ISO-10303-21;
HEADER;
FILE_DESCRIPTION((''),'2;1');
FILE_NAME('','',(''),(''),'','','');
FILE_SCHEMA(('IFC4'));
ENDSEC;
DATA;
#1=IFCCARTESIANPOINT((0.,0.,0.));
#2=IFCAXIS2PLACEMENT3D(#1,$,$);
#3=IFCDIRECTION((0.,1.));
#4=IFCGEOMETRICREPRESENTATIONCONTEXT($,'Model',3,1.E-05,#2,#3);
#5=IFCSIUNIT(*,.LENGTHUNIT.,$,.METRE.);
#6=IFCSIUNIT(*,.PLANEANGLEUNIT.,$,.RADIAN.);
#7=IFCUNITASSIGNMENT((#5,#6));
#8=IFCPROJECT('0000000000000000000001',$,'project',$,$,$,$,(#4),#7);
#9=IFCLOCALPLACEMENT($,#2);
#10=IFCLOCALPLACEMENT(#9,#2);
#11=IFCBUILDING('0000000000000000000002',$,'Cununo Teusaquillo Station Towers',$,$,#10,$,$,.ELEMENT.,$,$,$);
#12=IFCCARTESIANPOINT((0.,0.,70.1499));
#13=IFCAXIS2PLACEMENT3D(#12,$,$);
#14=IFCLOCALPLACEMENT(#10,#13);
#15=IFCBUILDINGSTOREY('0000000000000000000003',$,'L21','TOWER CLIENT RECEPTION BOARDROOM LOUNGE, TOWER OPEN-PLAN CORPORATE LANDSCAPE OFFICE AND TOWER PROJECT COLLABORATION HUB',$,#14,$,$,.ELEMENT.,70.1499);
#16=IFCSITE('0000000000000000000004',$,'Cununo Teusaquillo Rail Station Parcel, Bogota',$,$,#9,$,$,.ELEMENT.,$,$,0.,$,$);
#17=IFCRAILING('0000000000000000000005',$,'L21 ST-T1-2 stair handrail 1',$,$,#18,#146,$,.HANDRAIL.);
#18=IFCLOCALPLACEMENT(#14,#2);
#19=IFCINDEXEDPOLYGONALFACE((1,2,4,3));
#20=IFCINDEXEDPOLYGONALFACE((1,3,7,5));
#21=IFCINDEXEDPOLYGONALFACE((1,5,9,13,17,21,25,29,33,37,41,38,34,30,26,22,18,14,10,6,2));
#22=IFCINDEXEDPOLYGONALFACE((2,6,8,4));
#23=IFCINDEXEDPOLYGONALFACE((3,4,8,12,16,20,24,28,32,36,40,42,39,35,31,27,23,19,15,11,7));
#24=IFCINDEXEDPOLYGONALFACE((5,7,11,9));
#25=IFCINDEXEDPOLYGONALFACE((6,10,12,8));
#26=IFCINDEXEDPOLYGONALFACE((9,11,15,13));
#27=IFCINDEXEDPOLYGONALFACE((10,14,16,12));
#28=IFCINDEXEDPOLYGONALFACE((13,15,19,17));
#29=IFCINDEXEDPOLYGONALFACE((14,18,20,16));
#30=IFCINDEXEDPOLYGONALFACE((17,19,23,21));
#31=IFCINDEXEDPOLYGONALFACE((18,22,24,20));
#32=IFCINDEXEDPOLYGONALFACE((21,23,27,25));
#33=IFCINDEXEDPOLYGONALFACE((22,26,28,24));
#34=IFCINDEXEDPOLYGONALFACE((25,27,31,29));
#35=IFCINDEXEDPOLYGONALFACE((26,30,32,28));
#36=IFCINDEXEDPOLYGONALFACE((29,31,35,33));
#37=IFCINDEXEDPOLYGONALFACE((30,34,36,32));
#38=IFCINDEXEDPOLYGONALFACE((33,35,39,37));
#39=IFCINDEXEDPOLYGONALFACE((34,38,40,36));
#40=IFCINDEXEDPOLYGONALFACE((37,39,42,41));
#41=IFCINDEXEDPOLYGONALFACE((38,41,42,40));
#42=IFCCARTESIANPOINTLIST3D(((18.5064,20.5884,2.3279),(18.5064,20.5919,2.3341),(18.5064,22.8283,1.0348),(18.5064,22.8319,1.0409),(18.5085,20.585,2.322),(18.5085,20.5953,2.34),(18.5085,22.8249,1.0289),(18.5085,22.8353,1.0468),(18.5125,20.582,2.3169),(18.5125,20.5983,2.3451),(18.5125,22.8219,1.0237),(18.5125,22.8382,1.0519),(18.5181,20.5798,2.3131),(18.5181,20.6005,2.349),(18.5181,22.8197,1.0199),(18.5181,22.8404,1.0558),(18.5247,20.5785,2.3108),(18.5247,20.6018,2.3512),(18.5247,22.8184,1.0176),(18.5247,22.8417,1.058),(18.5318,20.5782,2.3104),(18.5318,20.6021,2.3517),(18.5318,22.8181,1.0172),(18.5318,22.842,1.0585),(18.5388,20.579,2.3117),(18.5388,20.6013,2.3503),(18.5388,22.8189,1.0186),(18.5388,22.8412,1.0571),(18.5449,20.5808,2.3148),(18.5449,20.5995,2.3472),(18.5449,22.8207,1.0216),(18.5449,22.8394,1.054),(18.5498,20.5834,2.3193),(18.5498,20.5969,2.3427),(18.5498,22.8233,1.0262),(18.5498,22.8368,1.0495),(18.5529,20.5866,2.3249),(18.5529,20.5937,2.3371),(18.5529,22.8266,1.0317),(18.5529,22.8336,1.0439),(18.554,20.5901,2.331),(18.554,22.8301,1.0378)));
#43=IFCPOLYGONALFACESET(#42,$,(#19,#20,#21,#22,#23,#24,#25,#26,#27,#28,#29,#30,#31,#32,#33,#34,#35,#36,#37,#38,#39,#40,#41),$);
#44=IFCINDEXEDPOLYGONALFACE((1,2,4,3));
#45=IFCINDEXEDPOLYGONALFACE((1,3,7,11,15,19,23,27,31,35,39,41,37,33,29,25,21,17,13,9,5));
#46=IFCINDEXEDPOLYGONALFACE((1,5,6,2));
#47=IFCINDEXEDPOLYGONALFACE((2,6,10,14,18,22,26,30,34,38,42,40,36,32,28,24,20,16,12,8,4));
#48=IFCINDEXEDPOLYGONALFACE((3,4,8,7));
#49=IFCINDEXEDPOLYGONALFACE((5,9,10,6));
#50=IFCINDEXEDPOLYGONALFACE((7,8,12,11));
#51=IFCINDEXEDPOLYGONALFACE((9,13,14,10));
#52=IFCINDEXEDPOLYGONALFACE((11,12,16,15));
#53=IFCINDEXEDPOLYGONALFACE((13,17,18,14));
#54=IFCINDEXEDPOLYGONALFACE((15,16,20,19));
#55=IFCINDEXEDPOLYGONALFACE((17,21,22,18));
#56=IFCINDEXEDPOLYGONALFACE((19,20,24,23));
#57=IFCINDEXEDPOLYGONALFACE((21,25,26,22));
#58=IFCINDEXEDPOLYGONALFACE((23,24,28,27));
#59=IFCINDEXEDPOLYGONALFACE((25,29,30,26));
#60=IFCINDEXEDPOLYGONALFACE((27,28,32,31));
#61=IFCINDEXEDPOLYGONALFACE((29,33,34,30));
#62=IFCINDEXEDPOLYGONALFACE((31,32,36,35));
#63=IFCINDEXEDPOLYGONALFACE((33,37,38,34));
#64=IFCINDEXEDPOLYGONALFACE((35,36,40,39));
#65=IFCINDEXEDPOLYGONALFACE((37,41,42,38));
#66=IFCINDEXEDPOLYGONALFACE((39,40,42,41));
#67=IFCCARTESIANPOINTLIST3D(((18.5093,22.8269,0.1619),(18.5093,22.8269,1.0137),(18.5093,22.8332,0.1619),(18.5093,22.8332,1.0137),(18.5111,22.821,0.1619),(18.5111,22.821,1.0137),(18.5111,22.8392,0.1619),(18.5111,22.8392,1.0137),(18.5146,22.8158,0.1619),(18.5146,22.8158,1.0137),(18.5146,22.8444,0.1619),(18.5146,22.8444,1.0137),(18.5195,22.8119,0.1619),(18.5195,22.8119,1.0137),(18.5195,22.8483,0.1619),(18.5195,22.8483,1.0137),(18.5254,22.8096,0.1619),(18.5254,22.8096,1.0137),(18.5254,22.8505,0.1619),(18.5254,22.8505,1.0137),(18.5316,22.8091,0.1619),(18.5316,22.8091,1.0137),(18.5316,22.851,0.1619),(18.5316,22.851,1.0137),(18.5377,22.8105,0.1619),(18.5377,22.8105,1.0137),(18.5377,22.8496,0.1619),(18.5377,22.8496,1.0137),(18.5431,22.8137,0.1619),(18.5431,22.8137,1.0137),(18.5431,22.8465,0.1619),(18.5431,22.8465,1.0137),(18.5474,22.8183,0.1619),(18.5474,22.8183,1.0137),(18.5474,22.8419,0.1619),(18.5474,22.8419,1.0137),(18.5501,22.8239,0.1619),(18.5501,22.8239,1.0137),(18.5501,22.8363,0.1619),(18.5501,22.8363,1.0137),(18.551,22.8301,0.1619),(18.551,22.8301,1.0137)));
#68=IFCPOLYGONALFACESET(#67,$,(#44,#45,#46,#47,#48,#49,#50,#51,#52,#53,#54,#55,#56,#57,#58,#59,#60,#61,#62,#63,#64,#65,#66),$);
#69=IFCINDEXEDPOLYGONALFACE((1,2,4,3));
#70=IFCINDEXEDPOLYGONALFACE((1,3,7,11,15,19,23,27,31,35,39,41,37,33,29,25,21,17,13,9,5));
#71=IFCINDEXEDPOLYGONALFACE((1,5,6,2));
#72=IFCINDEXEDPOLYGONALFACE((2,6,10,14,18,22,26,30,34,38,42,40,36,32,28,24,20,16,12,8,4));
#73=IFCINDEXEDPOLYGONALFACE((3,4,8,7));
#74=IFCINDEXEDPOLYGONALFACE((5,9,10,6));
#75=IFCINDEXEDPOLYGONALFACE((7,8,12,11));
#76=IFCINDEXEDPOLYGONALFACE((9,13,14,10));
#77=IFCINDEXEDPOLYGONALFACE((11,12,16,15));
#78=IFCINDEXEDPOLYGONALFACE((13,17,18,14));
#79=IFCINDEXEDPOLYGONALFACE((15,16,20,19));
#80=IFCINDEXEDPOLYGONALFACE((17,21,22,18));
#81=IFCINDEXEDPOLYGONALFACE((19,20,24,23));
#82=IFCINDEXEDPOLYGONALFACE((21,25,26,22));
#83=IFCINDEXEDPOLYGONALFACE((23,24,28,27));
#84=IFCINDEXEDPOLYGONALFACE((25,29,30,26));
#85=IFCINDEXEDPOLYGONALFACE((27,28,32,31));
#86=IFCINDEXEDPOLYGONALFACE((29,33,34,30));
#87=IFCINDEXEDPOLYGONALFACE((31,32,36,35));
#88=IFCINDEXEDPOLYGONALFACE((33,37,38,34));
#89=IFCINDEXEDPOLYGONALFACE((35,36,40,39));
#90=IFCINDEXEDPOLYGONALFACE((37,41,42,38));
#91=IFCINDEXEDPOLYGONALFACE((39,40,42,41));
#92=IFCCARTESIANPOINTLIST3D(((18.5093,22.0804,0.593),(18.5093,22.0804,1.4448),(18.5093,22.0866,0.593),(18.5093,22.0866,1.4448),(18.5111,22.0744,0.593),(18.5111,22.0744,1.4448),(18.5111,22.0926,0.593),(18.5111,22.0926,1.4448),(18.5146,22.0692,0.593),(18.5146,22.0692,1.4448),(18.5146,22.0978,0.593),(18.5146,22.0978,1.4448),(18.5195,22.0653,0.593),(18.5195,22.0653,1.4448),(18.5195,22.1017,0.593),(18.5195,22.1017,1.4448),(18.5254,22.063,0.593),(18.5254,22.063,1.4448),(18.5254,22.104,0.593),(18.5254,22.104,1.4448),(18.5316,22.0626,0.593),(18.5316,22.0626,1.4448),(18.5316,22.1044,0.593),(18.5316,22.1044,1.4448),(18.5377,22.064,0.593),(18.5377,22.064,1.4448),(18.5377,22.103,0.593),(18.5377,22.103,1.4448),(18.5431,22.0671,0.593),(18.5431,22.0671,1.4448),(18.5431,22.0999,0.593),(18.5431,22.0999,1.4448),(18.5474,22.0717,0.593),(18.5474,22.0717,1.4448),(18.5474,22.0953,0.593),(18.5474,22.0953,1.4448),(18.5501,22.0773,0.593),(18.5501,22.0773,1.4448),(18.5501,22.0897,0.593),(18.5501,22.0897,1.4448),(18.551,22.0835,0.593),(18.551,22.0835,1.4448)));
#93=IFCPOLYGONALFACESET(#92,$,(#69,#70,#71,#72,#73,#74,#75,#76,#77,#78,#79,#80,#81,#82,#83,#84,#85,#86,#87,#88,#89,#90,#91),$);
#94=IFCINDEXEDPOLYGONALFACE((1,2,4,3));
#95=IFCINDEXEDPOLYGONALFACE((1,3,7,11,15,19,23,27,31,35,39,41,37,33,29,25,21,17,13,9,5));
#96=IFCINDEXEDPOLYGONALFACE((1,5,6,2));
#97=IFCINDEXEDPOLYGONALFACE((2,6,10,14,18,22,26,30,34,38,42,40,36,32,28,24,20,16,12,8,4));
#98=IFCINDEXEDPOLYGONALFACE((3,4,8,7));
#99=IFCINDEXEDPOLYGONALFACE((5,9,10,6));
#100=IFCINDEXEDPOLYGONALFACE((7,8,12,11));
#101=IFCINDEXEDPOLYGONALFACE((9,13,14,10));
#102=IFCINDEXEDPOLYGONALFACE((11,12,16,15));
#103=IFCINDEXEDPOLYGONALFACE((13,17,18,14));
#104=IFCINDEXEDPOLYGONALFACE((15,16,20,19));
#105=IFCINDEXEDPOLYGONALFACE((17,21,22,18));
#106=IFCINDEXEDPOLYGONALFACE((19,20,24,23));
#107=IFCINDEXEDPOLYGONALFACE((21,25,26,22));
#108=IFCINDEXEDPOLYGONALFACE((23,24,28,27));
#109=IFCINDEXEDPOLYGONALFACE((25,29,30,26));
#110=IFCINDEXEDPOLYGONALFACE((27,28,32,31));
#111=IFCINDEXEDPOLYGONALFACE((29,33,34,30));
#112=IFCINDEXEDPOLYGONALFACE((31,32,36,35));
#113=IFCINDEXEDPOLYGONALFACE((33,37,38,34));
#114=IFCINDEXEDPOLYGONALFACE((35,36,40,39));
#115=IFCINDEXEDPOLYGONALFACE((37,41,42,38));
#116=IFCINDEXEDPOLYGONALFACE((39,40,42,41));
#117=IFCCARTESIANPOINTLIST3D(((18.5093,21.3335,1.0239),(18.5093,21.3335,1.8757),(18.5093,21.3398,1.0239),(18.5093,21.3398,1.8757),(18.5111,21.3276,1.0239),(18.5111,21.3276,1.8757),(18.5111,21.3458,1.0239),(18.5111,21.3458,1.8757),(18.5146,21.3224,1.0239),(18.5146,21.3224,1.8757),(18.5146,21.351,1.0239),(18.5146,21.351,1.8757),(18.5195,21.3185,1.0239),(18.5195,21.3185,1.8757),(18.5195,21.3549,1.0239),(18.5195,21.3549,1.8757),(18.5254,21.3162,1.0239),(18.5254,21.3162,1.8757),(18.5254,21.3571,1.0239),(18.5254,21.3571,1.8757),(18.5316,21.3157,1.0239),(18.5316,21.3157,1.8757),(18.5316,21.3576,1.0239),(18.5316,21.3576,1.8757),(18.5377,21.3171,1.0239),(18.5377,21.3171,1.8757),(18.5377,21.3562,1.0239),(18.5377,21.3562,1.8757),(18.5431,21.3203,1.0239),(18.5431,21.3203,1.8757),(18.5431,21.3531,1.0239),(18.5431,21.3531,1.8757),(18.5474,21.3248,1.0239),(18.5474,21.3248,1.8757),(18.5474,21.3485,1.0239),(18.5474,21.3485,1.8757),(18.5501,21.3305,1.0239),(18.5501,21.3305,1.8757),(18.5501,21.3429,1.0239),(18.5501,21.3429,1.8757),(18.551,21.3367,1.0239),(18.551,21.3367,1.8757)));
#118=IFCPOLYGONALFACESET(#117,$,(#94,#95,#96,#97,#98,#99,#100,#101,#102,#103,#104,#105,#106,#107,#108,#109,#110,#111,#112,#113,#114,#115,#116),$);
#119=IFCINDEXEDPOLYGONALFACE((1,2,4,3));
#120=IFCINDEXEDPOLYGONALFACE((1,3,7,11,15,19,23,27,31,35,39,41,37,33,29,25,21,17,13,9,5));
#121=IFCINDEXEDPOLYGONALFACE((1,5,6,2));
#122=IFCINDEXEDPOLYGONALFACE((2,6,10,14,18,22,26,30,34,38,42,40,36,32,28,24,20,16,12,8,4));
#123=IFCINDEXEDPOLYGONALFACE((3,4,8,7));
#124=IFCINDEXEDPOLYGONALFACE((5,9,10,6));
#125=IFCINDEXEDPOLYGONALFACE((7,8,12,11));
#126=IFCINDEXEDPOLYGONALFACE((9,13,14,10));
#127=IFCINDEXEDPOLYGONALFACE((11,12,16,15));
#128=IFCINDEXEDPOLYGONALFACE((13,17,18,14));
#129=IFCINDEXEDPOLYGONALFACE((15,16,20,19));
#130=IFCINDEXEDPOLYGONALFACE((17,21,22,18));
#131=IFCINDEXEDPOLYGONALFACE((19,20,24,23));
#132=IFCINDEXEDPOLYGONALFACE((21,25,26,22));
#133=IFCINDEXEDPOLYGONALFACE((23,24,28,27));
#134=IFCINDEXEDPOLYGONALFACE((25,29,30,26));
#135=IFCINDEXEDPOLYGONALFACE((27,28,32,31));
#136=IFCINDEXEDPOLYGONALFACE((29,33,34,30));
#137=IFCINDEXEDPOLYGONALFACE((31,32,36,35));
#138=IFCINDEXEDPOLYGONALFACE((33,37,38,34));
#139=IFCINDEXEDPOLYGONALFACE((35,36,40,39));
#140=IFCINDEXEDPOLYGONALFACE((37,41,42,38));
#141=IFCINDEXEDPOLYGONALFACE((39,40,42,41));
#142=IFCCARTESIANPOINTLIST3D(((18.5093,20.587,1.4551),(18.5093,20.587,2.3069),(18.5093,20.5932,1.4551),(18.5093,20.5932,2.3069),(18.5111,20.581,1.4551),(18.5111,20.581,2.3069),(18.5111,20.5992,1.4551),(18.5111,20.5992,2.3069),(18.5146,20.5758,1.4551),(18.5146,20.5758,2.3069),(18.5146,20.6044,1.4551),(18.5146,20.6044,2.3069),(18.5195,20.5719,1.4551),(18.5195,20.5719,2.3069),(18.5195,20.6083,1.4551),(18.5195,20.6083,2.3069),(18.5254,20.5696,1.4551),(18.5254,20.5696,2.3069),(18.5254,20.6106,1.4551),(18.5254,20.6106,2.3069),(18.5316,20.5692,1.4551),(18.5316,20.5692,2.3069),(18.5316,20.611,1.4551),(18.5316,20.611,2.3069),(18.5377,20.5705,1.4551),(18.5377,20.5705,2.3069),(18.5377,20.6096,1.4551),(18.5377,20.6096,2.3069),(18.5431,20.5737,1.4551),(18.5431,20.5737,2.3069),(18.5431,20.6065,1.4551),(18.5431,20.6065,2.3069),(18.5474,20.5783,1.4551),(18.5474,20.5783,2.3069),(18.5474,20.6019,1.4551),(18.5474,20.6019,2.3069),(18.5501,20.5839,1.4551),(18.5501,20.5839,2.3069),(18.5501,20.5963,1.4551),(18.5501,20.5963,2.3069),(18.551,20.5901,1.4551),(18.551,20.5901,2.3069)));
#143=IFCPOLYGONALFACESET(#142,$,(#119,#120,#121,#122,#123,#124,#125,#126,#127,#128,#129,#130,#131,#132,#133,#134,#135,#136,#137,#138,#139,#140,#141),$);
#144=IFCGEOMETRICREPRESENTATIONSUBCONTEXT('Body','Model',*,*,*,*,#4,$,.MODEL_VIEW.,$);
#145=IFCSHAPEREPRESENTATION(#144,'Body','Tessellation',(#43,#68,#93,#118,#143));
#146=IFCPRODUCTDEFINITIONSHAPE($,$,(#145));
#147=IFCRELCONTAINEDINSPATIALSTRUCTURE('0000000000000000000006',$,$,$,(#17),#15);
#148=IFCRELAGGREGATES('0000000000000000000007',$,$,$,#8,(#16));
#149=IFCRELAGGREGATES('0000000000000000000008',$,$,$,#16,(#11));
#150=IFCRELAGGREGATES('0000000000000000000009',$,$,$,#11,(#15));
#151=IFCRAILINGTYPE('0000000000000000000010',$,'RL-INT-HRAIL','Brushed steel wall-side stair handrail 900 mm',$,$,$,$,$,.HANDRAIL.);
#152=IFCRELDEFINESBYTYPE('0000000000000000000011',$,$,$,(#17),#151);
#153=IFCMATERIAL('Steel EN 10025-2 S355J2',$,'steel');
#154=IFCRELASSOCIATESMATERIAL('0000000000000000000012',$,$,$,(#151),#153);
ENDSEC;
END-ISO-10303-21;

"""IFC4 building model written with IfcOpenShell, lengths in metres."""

from ifc_helpers import new_model, si_unit, direction, frame, origin, origin_2d, place, context, subcontext, project, spatial, circle, extrude, material, type_object, element, save


model = new_model("IFC4")

# Units and contexts
model_context = context("Model", 3, precision=1e-05, world=origin(), true_north=direction((0.0, 1.0)))
body_context = subcontext(model_context, "Body", "Model", "MODEL_VIEW")
ifc_project = project(units=[si_unit("LENGTHUNIT", "METRE"), si_unit("PLANEANGLEUNIT", "RADIAN")], contexts=[model_context])

# Site, building, storey
site_placement = place(None, origin())
site = spatial("IfcSite", under=ifc_project, at=site_placement, Name="Cununo Teusaquillo Rail Station Parcel, Bogota", CompositionType="ELEMENT", RefElevation=0.0)
building_placement = place(site_placement, origin())
building = spatial("IfcBuilding", under=site, at=building_placement, Name="Cununo Teusaquillo Station Towers", CompositionType="ELEMENT")
storey_placement = place(building_placement, frame((0.0, 0.0, 70.1499)))
storey = spatial("IfcBuildingStorey", under=building, at=storey_placement, Name="L21", Description="TOWER CLIENT RECEPTION BOARDROOM LOUNGE, TOWER OPEN-PLAN CORPORATE LANDSCAPE OFFICE AND TOWER PROJECT COLLABORATION HUB", CompositionType="ELEMENT", Elevation=70.1499)

# Railing
ifc_material_1 = material(Name="Steel EN 10025-2 S355J2", Category="steel")
railing_type_1 = type_object("IfcRailingType", Name="RL-INT-HRAIL", Description="Brushed steel wall-side stair handrail 900 mm", PredefinedType="HANDRAIL", material=ifc_material_1)
railing_1_placement = place(storey_placement, frame((18.53, 22.8301, 0.1619)))
element("IfcRailing", 1, at=railing_1_placement, inside=storey, type_object=railing_type_1, Name="L21 ST-T1-2 stair handrail 1", PredefinedType="HANDRAIL", context=body_context, shape_type="SweptSolid", body=[
    extrude(circle(Radius=0.0239, at=origin_2d()), frame((0.0, 0.0, 0.876), z_axis=(0.0, -0.866033, 0.499987), x_axis=(1.0, 0.0, 0.0)), (0.0, 0.0, 1.0), 2.5864),
    extrude(circle(Radius=0.021, at=origin_2d()), origin(), (0.0, 0.0, 1.0), 0.8518),
    extrude(circle(Radius=0.021, at=origin_2d()), frame((0.0, -0.7466, 0.4312)), (0.0, 0.0, 1.0), 0.8518),
    extrude(circle(Radius=0.021, at=origin_2d()), frame((0.0, -1.4934, 0.8621)), (0.0, 0.0, 1.0), 0.8518),
    extrude(circle(Radius=0.021, at=origin_2d()), frame((0.0, -2.24, 1.2932)), (0.0, 0.0, 1.0), 0.8518),
])

save(model, "model.ifc")
